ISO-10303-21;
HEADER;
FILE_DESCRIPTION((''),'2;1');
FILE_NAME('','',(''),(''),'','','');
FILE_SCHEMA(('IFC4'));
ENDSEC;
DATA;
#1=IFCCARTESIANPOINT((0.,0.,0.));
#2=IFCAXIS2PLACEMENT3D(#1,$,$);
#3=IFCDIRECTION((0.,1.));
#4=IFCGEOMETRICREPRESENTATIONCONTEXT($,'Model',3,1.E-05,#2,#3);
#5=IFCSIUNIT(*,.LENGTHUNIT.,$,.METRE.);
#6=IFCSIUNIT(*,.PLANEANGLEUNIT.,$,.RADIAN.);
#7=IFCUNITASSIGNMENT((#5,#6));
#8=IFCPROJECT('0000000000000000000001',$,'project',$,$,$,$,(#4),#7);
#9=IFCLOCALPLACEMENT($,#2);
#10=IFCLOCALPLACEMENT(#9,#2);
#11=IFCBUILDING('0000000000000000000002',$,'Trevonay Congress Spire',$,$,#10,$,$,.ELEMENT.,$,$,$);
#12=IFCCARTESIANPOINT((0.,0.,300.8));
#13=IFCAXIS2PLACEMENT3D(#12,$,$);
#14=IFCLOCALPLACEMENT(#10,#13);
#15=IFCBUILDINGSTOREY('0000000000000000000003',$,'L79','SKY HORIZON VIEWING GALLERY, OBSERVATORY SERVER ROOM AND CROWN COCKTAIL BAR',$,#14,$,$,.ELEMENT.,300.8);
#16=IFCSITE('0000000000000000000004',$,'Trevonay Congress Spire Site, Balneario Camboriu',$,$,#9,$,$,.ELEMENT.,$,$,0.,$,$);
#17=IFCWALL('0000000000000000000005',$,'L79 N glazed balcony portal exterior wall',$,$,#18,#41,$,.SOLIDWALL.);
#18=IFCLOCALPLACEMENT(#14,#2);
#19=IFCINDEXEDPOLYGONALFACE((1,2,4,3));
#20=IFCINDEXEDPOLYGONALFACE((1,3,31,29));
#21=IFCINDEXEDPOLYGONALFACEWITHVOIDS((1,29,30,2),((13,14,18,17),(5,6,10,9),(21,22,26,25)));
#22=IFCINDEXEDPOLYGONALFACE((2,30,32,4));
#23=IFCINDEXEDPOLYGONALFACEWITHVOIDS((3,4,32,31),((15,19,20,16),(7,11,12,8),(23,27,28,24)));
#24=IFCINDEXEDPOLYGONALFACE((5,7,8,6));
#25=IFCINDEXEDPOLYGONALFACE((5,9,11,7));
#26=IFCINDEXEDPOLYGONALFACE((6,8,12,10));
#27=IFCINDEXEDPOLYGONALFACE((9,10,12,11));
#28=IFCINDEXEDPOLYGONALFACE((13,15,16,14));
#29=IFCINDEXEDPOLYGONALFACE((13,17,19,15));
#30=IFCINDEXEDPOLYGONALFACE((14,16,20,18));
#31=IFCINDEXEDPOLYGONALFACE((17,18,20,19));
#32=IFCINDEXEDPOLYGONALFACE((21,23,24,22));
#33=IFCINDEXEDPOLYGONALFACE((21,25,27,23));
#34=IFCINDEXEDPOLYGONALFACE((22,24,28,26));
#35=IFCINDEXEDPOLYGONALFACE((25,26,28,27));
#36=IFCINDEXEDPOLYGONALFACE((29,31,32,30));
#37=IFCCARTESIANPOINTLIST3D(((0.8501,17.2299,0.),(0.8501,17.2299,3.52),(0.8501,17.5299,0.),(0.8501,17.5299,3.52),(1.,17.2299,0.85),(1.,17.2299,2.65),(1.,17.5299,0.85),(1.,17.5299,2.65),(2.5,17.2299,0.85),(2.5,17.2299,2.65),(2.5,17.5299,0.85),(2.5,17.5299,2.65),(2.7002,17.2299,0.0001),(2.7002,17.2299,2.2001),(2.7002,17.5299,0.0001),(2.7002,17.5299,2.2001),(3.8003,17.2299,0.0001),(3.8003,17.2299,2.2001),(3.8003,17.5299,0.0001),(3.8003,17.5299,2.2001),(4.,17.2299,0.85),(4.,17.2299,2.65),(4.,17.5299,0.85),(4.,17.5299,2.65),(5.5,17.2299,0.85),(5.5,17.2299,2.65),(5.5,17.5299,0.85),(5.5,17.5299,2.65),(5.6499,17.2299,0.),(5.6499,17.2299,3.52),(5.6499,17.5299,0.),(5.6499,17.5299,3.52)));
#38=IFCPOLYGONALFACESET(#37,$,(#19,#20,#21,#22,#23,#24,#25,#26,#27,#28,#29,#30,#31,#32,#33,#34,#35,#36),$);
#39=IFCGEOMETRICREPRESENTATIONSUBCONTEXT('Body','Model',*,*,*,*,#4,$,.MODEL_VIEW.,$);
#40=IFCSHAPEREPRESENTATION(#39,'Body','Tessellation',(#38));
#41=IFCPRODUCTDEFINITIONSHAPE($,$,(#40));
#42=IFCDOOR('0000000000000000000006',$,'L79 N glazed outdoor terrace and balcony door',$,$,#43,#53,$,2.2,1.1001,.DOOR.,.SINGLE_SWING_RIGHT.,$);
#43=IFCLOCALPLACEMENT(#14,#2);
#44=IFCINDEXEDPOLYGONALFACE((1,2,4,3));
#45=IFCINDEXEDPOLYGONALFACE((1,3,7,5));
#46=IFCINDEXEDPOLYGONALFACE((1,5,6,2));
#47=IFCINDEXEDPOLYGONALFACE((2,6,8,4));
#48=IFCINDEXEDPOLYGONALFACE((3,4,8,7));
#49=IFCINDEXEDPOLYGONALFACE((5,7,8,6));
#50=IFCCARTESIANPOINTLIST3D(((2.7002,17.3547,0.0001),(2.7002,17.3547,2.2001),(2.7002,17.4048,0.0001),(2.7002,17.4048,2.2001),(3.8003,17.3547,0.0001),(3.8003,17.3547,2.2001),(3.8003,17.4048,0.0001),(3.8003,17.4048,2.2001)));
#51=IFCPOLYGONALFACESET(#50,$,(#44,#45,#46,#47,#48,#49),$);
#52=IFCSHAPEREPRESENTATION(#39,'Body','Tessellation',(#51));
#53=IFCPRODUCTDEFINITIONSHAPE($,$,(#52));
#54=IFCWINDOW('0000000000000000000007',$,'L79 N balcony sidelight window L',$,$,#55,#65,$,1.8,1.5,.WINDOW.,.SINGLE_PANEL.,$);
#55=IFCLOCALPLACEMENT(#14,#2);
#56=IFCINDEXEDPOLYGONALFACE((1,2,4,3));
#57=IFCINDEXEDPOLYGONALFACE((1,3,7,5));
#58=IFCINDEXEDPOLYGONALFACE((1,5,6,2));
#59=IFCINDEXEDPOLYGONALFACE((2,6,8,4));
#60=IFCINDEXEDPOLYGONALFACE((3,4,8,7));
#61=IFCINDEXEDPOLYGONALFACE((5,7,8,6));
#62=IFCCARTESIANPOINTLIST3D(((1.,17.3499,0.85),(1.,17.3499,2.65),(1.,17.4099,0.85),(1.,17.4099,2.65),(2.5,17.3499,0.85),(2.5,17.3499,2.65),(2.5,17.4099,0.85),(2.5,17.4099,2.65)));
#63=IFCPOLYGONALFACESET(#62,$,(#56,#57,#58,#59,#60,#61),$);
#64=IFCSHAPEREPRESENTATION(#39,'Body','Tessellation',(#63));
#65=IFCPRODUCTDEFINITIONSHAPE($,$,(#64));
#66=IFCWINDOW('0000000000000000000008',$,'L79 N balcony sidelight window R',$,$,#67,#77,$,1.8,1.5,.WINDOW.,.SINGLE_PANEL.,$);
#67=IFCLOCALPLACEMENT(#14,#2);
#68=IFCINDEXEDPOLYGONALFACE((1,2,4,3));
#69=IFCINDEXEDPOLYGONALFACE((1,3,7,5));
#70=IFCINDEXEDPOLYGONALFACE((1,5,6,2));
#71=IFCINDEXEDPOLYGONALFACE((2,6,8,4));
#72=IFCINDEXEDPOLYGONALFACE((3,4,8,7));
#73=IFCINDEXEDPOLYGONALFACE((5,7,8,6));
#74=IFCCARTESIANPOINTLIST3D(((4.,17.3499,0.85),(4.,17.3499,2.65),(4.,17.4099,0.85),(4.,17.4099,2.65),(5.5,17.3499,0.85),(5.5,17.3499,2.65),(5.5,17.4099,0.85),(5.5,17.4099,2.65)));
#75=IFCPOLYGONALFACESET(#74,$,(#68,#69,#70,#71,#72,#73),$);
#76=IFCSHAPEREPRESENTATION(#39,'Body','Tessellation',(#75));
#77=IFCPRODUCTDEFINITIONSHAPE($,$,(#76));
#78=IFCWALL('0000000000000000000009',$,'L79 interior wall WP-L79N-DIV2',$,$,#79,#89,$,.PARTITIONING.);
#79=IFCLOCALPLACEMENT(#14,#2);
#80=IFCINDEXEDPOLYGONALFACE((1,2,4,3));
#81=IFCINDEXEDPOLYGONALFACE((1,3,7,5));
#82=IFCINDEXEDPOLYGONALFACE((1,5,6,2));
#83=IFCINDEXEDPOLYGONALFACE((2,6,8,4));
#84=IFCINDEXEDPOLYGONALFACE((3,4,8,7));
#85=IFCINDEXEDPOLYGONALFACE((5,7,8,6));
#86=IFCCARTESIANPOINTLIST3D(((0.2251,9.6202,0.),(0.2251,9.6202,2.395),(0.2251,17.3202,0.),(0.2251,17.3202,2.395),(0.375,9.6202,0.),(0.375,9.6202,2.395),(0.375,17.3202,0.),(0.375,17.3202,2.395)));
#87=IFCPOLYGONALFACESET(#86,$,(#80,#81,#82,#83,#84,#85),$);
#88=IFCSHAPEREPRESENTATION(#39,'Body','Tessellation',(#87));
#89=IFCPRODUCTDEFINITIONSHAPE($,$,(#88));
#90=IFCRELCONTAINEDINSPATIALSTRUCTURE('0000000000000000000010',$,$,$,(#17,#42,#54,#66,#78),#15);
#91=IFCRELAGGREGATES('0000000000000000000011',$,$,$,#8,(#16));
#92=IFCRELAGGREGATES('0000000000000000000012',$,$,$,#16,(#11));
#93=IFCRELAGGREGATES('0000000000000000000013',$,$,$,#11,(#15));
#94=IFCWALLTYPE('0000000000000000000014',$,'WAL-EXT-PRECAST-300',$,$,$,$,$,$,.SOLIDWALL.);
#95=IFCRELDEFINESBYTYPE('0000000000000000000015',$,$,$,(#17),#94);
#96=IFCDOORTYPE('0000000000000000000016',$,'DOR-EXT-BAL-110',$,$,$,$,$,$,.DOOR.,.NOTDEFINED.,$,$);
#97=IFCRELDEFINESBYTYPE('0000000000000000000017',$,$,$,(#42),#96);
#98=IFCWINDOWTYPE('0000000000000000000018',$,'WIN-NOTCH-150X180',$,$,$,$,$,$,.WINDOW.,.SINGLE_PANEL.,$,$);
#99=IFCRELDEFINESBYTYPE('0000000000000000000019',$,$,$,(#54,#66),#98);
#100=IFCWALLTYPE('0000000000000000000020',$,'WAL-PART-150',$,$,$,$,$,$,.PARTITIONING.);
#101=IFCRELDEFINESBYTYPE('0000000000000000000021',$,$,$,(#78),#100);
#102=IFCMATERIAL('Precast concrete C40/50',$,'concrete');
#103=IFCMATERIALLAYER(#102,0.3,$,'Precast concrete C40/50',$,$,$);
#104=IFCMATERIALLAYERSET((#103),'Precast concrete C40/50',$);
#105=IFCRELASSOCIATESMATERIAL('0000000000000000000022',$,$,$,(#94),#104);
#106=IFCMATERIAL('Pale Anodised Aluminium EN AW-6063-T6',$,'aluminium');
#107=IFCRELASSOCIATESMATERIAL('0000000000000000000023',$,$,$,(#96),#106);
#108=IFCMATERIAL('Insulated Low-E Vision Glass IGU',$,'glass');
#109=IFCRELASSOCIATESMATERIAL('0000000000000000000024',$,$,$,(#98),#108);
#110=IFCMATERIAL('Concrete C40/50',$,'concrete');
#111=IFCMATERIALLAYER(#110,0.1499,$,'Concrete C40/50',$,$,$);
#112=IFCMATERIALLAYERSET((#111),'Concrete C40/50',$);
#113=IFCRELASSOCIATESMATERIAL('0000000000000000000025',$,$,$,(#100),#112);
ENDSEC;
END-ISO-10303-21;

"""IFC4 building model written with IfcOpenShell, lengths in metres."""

from ifc_helpers import new_model, si_unit, direction, frame, frame_2d, origin, place, context, subcontext, project, spatial, rectangle, extrude, material, layer, layer_set, type_object, element, fill, save


model = new_model("IFC4")

# Units and contexts
model_context = context("Model", 3, precision=1e-05, world=origin(), true_north=direction((0.0, 1.0)))
body_context = subcontext(model_context, "Body", "Model", "MODEL_VIEW")
ifc_project = project(units=[si_unit("LENGTHUNIT", "METRE"), si_unit("PLANEANGLEUNIT", "RADIAN")], contexts=[model_context])

# Site, building, storey
site_placement = place(None, origin())
site = spatial("IfcSite", under=ifc_project, at=site_placement, Name="Trevonay Congress Spire Site, Balneario Camboriu", CompositionType="ELEMENT", RefElevation=0.0)
building_placement = place(site_placement, origin())
building = spatial("IfcBuilding", under=site, at=building_placement, Name="Trevonay Congress Spire", CompositionType="ELEMENT")
storey_placement = place(building_placement, frame((0.0, 0.0, 300.8)))
storey = spatial("IfcBuildingStorey", under=building, at=storey_placement, Name="L79", Description="SKY HORIZON VIEWING GALLERY, OBSERVATORY SERVER ROOM AND CROWN COCKTAIL BAR", CompositionType="ELEMENT", Elevation=300.8)

# Shared definitions
ifc_material_1 = material(Name="Pale Anodised Aluminium EN AW-6063-T6", Category="aluminium")

# Shared definitions
ifc_material_2 = material(Name="Insulated Low-E Vision Glass IGU", Category="glass")

# Wall, openings, door, windows
ifc_material_3 = material(Name="Precast concrete C40/50", Category="concrete")
ifc_layer_1 = layer(ifc_material_3, 0.3, Name="Precast concrete C40/50")
ifc_layer_set_1 = layer_set([ifc_layer_1], Name="Precast concrete C40/50")
wall_type_1 = type_object("IfcWallType", Name="WAL-EXT-PRECAST-300", PredefinedType="SOLIDWALL", material=ifc_layer_set_1)
wall_1_placement = place(storey_placement, frame((0.8501, 17.3799, 0.0), z_axis=(0.0, 0.0, 1.0), x_axis=(1.0, 0.0, 0.0)))
wall_1 = element("IfcWall", 1, at=wall_1_placement, inside=storey, type_object=wall_type_1, Name="L79 N glazed balcony portal exterior wall", PredefinedType="SOLIDWALL", context=body_context, shape_type="SweptSolid", body=[
    extrude(rectangle(XDim=4.7998, YDim=0.3, at=frame_2d((2.3999, 0.0))), origin(), (0.0, 0.0, 1.0), 3.52),
])
opening_1_placement = place(wall_1_placement, frame((1.8501, 0.0, 0.0)))
opening_1 = element("IfcOpeningElement", 2, at=opening_1_placement, cuts=wall_1, PredefinedType="OPENING", context=body_context, shape_type="SweptSolid", body=[
    extrude(rectangle(XDim=1.1001, YDim=2.2, at=frame_2d((0.55, 1.1001))), frame((0.0, 0.1602, 0.0), z_axis=(0.0, -1.0, 0.0), x_axis=(1.0, 0.0, 0.0)), (0.0, 0.0, 1.0), 0.3201),
])
opening_2_placement = place(wall_1_placement, frame((0.1499, 0.0, 0.8501)))
opening_2 = element("IfcOpeningElement", 3, at=opening_2_placement, cuts=wall_1, PredefinedType="OPENING", context=body_context, shape_type="SweptSolid", body=[
    extrude(rectangle(XDim=1.5, YDim=1.8, at=frame_2d((0.75, 0.8999))), frame((0.0, 0.1602, 0.0), z_axis=(0.0, -1.0, 0.0), x_axis=(1.0, 0.0, 0.0)), (0.0, 0.0, 1.0), 0.3201),
])
opening_3_placement = place(wall_1_placement, frame((3.1499, 0.0, 0.8501)))
opening_3 = element("IfcOpeningElement", 4, at=opening_3_placement, cuts=wall_1, PredefinedType="OPENING", context=body_context, shape_type="SweptSolid", body=[
    extrude(rectangle(XDim=1.5, YDim=1.8, at=frame_2d((0.75, 0.8999))), frame((0.0, 0.1602, 0.0), z_axis=(0.0, -1.0, 0.0), x_axis=(1.0, 0.0, 0.0)), (0.0, 0.0, 1.0), 0.3201),
])
door_type = type_object("IfcDoorType", Name="DOR-EXT-BAL-110", OperationType="NOTDEFINED", PredefinedType="DOOR", material=ifc_material_1)
door_placement = place(opening_1_placement, origin())
door = element("IfcDoor", 5, at=door_placement, inside=storey, type_object=door_type, Name="L79 N glazed outdoor terrace and balcony door", OperationType="SINGLE_SWING_RIGHT", OverallHeight=2.2, OverallWidth=1.1001, PredefinedType="DOOR", context=body_context, shape_type="SweptSolid", body=[
    extrude(rectangle(XDim=1.1001, YDim=2.2, at=frame_2d((0.55, 1.1001))), frame((0.0, 0.0249, 0.0), z_axis=(0.0, -1.0, 0.0), x_axis=(1.0, 0.0, 0.0)), (0.0, 0.0, 1.0), 0.05),
])
fill(opening_1, door)
window_type = type_object("IfcWindowType", Name="WIN-NOTCH-150X180", PartitioningType="SINGLE_PANEL", PredefinedType="WINDOW", material=ifc_material_2)
window_1_placement = place(opening_2_placement, origin())
window_1 = element("IfcWindow", 6, at=window_1_placement, inside=storey, type_object=window_type, Name="L79 N balcony sidelight window L", OverallHeight=1.8, OverallWidth=1.5, PartitioningType="SINGLE_PANEL", PredefinedType="WINDOW", context=body_context, shape_type="SweptSolid", body=[
    extrude(rectangle(XDim=1.5, YDim=1.8, at=frame_2d((0.75, 0.8999))), frame((0.0, 0.03, 0.0), z_axis=(0.0, -1.0, 0.0), x_axis=(1.0, 0.0, 0.0)), (0.0, 0.0, 1.0), 0.0601),
])
fill(opening_2, window_1)
window_2_placement = place(opening_3_placement, origin())
window_2 = element("IfcWindow", 7, at=window_2_placement, inside=storey, type_object=window_type, Name="L79 N balcony sidelight window R", OverallHeight=1.8, OverallWidth=1.5, PartitioningType="SINGLE_PANEL", PredefinedType="WINDOW", context=body_context, shape_type="SweptSolid", body=[
    extrude(rectangle(XDim=1.5, YDim=1.8, at=frame_2d((0.75, 0.8999))), frame((0.0, 0.03, 0.0), z_axis=(0.0, -1.0, 0.0), x_axis=(1.0, 0.0, 0.0)), (0.0, 0.0, 1.0), 0.0601),
])
fill(opening_3, window_2)

# Wall
ifc_material_4 = material(Name="Concrete C40/50", Category="concrete")
ifc_layer_2 = layer(ifc_material_4, 0.1499, Name="Concrete C40/50")
ifc_layer_set_2 = layer_set([ifc_layer_2], Name="Concrete C40/50")
wall_type_2 = type_object("IfcWallType", Name="WAL-PART-150", PredefinedType="PARTITIONING", material=ifc_layer_set_2)
wall_2_placement = place(storey_placement, frame((0.3, 9.6201, 0.0), z_axis=(0.0, 0.0, 1.0), x_axis=(0.0, 1.0, 0.0)))
element("IfcWall", 8, at=wall_2_placement, inside=storey, type_object=wall_type_2, Name="L79 interior wall WP-L79N-DIV2", PredefinedType="PARTITIONING", context=body_context, shape_type="SweptSolid", body=[
    extrude(rectangle(XDim=7.7, YDim=0.1499, at=frame_2d((3.8501, 0.0))), origin(), (0.0, 0.0, 1.0), 2.395),
])

save(model, "model.ifc")
